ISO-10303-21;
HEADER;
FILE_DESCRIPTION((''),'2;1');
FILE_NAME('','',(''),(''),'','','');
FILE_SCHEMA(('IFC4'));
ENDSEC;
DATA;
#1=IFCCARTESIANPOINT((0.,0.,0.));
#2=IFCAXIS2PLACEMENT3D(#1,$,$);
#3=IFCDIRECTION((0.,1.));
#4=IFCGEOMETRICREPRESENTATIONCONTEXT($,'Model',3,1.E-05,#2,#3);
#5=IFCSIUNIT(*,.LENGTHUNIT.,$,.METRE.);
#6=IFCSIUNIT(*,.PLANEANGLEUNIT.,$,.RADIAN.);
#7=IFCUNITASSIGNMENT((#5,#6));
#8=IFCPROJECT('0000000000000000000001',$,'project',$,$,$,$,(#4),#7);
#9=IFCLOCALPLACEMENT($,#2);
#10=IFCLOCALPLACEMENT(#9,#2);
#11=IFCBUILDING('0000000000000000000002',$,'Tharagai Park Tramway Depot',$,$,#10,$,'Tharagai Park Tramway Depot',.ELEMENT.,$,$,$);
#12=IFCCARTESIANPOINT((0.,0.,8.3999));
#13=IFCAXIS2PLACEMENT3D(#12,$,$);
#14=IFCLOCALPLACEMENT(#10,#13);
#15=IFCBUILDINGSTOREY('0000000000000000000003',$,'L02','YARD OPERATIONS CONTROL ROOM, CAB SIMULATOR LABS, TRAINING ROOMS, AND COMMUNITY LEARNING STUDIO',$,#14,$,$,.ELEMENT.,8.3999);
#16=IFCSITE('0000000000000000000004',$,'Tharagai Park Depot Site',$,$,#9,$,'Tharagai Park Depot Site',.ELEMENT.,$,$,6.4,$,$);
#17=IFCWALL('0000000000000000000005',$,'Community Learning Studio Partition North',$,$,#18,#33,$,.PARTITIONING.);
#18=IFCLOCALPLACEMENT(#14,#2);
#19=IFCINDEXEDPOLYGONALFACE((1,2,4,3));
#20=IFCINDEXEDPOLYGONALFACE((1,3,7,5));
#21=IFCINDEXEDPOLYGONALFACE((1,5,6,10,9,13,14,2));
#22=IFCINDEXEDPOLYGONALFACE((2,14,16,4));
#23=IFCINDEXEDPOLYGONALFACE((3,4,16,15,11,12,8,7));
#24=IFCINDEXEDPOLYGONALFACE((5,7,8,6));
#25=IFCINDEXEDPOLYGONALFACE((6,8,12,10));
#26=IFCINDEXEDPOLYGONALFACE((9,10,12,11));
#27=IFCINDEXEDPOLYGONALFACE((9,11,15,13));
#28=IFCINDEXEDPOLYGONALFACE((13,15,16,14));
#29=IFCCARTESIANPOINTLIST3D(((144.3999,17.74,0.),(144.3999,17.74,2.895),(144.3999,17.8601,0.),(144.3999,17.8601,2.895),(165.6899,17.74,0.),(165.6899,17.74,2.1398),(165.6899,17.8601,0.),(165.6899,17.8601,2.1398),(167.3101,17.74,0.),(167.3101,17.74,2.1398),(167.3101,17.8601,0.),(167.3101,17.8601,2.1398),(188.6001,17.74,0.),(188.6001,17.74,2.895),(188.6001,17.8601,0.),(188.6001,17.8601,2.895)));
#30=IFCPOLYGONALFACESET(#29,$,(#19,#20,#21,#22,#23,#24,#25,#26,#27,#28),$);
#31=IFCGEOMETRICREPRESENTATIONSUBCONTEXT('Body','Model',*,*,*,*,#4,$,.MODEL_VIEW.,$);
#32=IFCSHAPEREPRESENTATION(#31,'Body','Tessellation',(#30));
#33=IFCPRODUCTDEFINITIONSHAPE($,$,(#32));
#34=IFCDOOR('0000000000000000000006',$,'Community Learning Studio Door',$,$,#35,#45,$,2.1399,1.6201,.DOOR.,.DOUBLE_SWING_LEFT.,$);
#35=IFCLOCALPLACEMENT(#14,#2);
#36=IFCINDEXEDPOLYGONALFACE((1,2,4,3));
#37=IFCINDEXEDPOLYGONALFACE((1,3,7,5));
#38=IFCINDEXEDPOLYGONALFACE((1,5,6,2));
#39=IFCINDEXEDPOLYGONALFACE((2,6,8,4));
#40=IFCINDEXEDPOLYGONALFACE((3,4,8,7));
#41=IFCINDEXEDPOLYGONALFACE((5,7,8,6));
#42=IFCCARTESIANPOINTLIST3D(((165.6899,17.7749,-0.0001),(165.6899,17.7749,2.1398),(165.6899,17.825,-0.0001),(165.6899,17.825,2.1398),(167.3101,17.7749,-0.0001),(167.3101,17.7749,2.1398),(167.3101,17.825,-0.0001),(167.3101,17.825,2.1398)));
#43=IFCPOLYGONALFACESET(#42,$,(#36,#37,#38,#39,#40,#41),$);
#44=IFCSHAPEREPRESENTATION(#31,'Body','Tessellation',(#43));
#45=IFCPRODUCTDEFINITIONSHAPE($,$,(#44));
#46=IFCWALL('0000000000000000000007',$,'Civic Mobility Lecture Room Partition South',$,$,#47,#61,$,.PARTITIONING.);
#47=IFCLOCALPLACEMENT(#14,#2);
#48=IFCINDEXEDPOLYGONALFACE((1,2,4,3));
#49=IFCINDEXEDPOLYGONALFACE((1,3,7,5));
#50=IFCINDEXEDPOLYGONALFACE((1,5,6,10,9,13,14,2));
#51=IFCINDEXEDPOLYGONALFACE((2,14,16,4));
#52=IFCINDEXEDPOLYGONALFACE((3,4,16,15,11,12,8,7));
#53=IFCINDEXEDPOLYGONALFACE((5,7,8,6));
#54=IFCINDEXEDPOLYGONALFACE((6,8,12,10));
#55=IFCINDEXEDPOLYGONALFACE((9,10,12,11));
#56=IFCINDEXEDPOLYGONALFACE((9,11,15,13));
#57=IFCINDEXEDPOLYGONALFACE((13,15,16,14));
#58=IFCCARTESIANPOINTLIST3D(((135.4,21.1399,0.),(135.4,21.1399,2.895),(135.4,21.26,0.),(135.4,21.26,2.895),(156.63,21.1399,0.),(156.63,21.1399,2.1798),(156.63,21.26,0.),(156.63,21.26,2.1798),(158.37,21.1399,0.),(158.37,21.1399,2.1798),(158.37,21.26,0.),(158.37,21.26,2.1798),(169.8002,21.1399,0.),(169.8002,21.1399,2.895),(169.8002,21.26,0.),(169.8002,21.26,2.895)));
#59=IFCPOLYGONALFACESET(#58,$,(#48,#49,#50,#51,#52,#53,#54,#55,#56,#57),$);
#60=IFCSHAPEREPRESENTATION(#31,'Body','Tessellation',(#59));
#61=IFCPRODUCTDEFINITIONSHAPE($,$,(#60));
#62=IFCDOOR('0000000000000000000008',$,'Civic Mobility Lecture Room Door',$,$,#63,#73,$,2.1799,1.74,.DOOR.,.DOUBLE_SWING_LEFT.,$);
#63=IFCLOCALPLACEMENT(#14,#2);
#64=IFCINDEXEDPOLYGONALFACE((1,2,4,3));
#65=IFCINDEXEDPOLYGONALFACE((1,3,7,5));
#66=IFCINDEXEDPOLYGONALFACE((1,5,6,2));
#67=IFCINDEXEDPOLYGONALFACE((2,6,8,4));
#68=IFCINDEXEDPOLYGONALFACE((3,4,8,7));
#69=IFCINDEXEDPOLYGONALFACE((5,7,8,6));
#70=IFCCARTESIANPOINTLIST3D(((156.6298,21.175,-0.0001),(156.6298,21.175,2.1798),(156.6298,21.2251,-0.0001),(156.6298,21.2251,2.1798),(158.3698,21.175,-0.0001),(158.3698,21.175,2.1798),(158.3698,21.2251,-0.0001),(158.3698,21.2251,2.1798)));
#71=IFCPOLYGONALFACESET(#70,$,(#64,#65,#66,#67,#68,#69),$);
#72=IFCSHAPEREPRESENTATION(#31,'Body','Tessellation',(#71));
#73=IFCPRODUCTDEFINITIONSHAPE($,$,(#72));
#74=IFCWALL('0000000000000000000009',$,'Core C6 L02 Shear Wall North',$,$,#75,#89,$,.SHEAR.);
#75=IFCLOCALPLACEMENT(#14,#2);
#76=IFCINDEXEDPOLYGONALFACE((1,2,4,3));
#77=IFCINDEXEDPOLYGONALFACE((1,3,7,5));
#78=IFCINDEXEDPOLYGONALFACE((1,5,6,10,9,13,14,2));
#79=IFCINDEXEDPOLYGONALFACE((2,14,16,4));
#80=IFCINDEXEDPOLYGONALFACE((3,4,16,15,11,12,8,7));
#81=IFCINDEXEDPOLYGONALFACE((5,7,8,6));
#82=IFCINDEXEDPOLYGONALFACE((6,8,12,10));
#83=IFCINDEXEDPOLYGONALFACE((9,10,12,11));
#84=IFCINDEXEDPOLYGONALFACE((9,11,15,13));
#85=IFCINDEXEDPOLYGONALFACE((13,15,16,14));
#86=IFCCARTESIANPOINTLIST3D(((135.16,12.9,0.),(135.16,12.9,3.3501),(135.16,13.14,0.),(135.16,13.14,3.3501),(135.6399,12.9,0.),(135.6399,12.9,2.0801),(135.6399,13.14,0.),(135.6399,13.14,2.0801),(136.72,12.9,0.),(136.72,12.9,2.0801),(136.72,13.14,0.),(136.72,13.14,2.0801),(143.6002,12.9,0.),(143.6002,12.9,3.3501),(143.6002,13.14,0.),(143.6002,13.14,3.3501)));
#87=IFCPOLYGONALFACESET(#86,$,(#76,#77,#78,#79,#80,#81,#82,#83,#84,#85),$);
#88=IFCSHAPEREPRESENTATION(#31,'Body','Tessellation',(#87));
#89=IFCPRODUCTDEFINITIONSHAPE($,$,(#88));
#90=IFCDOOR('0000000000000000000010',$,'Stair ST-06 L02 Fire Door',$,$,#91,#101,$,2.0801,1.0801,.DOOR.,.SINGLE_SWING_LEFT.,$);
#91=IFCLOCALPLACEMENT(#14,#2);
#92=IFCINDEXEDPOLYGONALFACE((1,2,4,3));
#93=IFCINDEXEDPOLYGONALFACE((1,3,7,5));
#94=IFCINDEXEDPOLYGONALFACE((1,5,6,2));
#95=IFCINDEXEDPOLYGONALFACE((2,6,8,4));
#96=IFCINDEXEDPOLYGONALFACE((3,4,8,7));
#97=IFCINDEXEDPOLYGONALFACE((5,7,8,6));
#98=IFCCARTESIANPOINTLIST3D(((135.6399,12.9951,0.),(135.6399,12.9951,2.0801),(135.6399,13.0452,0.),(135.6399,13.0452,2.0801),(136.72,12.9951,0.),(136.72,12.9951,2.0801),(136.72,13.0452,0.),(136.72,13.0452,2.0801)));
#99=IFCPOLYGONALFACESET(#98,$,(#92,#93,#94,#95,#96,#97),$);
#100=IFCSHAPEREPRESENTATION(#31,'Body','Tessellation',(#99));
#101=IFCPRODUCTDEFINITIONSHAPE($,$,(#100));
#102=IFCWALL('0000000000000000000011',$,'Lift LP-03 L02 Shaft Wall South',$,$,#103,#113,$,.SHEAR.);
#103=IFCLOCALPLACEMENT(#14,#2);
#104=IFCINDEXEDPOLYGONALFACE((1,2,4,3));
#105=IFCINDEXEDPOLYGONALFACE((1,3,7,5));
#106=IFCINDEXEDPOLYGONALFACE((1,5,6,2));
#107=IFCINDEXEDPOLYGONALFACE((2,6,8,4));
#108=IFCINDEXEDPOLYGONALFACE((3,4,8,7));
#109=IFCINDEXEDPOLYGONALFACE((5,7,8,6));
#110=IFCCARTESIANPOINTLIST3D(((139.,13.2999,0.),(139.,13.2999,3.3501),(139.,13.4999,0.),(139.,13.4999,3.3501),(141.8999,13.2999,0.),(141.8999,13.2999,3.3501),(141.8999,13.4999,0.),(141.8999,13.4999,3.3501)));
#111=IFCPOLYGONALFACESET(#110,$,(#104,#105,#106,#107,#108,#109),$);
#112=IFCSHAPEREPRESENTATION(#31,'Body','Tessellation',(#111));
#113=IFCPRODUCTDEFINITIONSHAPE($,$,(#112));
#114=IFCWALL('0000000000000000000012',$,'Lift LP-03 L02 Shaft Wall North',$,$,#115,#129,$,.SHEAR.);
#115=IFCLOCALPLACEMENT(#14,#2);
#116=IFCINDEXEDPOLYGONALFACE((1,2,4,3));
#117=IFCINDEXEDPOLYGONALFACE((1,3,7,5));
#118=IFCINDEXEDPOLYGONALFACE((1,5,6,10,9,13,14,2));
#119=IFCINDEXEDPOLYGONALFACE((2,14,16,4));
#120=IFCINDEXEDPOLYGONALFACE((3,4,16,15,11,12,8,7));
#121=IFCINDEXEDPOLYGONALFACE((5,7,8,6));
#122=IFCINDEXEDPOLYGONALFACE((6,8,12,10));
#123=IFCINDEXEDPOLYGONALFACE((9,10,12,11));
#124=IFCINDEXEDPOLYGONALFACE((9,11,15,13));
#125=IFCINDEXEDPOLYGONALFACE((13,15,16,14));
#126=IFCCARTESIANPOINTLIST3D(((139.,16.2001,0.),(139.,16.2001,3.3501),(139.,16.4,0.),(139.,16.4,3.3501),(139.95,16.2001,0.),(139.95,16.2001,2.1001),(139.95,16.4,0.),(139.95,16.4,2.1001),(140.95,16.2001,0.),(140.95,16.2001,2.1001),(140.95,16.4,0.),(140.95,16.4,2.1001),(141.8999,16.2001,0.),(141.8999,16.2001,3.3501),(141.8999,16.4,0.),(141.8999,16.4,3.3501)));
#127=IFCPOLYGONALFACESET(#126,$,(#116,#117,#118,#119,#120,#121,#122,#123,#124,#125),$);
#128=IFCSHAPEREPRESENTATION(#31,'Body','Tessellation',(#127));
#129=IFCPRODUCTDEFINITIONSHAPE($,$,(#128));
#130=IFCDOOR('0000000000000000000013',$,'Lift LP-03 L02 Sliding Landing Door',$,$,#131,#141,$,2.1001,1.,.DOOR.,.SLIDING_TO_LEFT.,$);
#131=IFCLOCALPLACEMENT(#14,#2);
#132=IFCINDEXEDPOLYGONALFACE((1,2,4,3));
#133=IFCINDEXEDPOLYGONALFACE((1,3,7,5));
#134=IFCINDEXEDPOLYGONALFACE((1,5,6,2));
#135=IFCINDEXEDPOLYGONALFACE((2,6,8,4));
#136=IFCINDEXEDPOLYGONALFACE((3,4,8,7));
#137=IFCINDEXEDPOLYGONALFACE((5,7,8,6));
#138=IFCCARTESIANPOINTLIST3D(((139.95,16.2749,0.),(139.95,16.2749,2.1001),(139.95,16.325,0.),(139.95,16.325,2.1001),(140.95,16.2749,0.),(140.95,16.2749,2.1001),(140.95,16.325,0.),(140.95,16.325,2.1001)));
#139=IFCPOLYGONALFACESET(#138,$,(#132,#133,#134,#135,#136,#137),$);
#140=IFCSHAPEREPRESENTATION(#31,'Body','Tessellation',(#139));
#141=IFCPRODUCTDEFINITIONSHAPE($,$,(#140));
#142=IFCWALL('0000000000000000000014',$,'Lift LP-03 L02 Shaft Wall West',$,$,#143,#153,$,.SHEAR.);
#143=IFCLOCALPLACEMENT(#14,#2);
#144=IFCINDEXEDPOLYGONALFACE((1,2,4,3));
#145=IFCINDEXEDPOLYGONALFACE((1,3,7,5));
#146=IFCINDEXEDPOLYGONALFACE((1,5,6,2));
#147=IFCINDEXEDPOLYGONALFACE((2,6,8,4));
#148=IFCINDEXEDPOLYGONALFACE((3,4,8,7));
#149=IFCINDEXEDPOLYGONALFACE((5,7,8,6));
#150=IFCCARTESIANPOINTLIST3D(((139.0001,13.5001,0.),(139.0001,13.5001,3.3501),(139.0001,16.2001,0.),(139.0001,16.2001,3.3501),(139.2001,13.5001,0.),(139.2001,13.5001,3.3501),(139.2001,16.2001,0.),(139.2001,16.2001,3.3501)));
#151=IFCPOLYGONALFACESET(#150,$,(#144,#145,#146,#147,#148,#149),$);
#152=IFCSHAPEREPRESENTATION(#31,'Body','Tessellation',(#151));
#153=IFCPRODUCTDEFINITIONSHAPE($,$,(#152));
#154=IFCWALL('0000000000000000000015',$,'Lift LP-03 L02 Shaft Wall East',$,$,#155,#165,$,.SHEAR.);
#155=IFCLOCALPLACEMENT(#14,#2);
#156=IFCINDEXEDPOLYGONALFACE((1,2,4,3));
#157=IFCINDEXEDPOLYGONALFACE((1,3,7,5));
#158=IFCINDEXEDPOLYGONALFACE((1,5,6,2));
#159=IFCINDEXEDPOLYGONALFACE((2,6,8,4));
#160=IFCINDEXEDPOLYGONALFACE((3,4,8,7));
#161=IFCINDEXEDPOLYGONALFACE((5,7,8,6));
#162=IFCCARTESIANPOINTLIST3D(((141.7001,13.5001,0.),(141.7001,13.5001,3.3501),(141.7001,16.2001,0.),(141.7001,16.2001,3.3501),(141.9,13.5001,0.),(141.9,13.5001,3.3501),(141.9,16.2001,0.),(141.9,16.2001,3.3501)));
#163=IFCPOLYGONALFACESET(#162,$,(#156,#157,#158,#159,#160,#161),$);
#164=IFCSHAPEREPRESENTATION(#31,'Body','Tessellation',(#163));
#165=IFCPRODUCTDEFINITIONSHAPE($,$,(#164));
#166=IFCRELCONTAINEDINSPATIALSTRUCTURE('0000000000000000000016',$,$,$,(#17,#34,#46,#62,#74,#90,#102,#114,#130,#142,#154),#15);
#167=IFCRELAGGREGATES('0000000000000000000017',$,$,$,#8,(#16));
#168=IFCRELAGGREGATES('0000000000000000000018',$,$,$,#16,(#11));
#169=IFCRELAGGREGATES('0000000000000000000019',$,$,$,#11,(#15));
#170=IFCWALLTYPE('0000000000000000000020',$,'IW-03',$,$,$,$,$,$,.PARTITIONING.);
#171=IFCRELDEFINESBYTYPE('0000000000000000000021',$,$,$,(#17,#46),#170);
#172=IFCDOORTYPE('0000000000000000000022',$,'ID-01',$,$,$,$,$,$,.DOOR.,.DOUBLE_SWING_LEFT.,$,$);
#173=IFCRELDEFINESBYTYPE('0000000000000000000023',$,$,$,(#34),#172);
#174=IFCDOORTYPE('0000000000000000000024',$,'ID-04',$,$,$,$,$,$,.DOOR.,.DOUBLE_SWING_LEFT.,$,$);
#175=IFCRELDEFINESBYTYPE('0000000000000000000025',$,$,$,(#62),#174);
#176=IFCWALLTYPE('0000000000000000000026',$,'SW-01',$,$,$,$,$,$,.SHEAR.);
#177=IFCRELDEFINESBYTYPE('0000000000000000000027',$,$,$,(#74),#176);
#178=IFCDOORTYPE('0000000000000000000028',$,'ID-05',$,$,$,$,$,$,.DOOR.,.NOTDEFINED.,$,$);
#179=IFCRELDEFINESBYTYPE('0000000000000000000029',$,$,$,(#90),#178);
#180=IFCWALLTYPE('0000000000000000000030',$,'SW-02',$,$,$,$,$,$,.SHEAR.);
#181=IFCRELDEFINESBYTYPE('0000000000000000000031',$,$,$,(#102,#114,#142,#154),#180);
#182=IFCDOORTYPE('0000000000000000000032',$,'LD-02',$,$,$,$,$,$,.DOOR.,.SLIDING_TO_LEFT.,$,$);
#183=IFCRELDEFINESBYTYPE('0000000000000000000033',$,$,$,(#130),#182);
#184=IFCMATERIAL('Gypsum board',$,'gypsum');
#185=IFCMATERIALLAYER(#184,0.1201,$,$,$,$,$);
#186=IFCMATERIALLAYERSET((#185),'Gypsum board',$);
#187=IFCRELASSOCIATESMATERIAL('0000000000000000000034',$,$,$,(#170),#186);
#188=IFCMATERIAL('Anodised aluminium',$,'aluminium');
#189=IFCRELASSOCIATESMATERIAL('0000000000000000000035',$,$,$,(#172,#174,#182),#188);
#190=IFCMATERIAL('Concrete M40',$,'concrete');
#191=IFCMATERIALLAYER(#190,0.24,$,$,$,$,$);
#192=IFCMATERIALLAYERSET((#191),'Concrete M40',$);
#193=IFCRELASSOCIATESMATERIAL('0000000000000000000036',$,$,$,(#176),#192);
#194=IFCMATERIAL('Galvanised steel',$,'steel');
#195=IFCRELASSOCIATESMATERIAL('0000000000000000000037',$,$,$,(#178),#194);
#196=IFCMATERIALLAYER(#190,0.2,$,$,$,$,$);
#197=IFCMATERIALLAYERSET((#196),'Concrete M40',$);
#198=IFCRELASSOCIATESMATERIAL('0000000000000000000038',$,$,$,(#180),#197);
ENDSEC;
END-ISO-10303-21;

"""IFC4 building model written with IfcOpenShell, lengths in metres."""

from ifc_helpers import new_model, si_unit, direction, frame, frame_2d, origin, place, context, subcontext, project, spatial, rectangle, extrude, material, layer, layer_set, type_object, element, fill, save


model = new_model("IFC4")

# Units and contexts
model_context = context("Model", 3, precision=1e-05, world=origin(), true_north=direction((0.0, 1.0)))
body_context = subcontext(model_context, "Body", "Model", "MODEL_VIEW")
ifc_project = project(units=[si_unit("LENGTHUNIT", "METRE"), si_unit("PLANEANGLEUNIT", "RADIAN")], contexts=[model_context])

# Site, building, storey
site_placement = place(None, origin())
site = spatial("IfcSite", under=ifc_project, at=site_placement, Name="Tharagai Park Depot Site", LongName="Tharagai Park Depot Site", CompositionType="ELEMENT", RefElevation=6.4)
building_placement = place(site_placement, origin())
building = spatial("IfcBuilding", under=site, at=building_placement, Name="Tharagai Park Tramway Depot", LongName="Tharagai Park Tramway Depot", CompositionType="ELEMENT")
storey_placement = place(building_placement, frame((0.0, 0.0, 8.3999)))
storey = spatial("IfcBuildingStorey", under=building, at=storey_placement, Name="L02", Description="YARD OPERATIONS CONTROL ROOM, CAB SIMULATOR LABS, TRAINING ROOMS, AND COMMUNITY LEARNING STUDIO", CompositionType="ELEMENT", Elevation=8.3999)

# Shared definitions
ifc_material_1 = material(Name="Concrete M40", Category="concrete")

# Shared definitions
ifc_material_2 = material(Name="Anodised aluminium", Category="aluminium")

# Walls, openings, doors
ifc_material_3 = material(Name="Gypsum board", Category="gypsum")
ifc_layer_1 = layer(ifc_material_3, 0.1201)
ifc_layer_set_1 = layer_set([ifc_layer_1], Name="Gypsum board")
wall_type_1 = type_object("IfcWallType", Name="IW-03", PredefinedType="PARTITIONING", material=ifc_layer_set_1)
wall_1_placement = place(storey_placement, frame((144.3999, 17.8, 0.0), z_axis=(0.0, 0.0, 1.0), x_axis=(1.0, 0.0, 0.0)))
wall_1 = element("IfcWall", 1, at=wall_1_placement, inside=storey, type_object=wall_type_1, Name="Community Learning Studio Partition North", PredefinedType="PARTITIONING", context=body_context, shape_type="SweptSolid", body=[
    extrude(rectangle(XDim=44.2002, YDim=0.1201, at=frame_2d((22.1001, 0.0))), origin(), (0.0, 0.0, 1.0), 2.895),
])
opening_1_placement = place(wall_1_placement, frame((21.29, 0.0, 0.0)))
opening_1 = element("IfcOpeningElement", 2, at=opening_1_placement, cuts=wall_1, PredefinedType="OPENING", context=body_context, shape_type="SweptSolid", body=[
    extrude(rectangle(XDim=1.6201, YDim=2.1399, at=frame_2d((0.8101, 1.0698))), frame((0.0, 0.0701, 0.0), z_axis=(0.0, -1.0, 0.0), x_axis=(1.0, 0.0, 0.0)), (0.0, 0.0, 1.0), 0.1401),
])
door_type_1 = type_object("IfcDoorType", Name="ID-01", OperationType="DOUBLE_SWING_LEFT", PredefinedType="DOOR", material=ifc_material_2)
door_1_placement = place(opening_1_placement, origin())
door_1 = element("IfcDoor", 3, at=door_1_placement, inside=storey, type_object=door_type_1, Name="Community Learning Studio Door", OperationType="DOUBLE_SWING_LEFT", OverallHeight=2.1399, OverallWidth=1.6201, PredefinedType="DOOR", context=body_context, shape_type="SweptSolid", body=[
    extrude(rectangle(XDim=1.6201, YDim=2.1399, at=frame_2d((0.8101, 1.0698))), frame((0.0, 0.0249, 0.0), z_axis=(0.0, -1.0, 0.0), x_axis=(1.0, 0.0, 0.0)), (0.0, 0.0, 1.0), 0.05),
])
fill(opening_1, door_1)
wall_2_placement = place(storey_placement, frame((135.3999, 21.2, 0.0), z_axis=(0.0, 0.0, 1.0), x_axis=(1.0, 0.0, 0.0)))
wall_2 = element("IfcWall", 4, at=wall_2_placement, inside=storey, type_object=wall_type_1, Name="Civic Mobility Lecture Room Partition South", PredefinedType="PARTITIONING", context=body_context, shape_type="SweptSolid", body=[
    extrude(rectangle(XDim=34.4001, YDim=0.1201, at=frame_2d((17.2002, 0.0))), origin(), (0.0, 0.0, 1.0), 2.895),
])
opening_2_placement = place(wall_2_placement, frame((21.23, 0.0, 0.0)))
opening_2 = element("IfcOpeningElement", 5, at=opening_2_placement, cuts=wall_2, PredefinedType="OPENING", context=body_context, shape_type="SweptSolid", body=[
    extrude(rectangle(XDim=1.74, YDim=2.1799, at=frame_2d((0.8701, 1.0898))), frame((0.0, 0.0701, 0.0), z_axis=(0.0, -1.0, 0.0), x_axis=(1.0, 0.0, 0.0)), (0.0, 0.0, 1.0), 0.1401),
])
door_type_2 = type_object("IfcDoorType", Name="ID-04", OperationType="DOUBLE_SWING_LEFT", PredefinedType="DOOR", material=ifc_material_2)
door_2_placement = place(opening_2_placement, frame((1.74, 0.0, 0.0), z_axis=(0.0, 0.0, 1.0), x_axis=(-1.0, 0.0, 0.0)))
door_2 = element("IfcDoor", 6, at=door_2_placement, inside=storey, type_object=door_type_2, Name="Civic Mobility Lecture Room Door", OperationType="DOUBLE_SWING_LEFT", OverallHeight=2.1799, OverallWidth=1.74, PredefinedType="DOOR", context=body_context, shape_type="SweptSolid", body=[
    extrude(rectangle(XDim=1.74, YDim=2.1799, at=frame_2d((0.8701, 1.0898))), frame((0.0, 0.0249, 0.0), z_axis=(0.0, -1.0, 0.0), x_axis=(1.0, 0.0, 0.0)), (0.0, 0.0, 1.0), 0.05),
])
fill(opening_2, door_2)
ifc_layer_2 = layer(ifc_material_1, 0.24)
ifc_layer_set_2 = layer_set([ifc_layer_2], Name="Concrete M40")
wall_type_2 = type_object("IfcWallType", Name="SW-01", PredefinedType="SHEAR", material=ifc_layer_set_2)
wall_3_placement = place(storey_placement, frame((135.1599, 13.02, 0.0), z_axis=(0.0, 0.0, 1.0), x_axis=(1.0, 0.0, 0.0)))
wall_3 = element("IfcWall", 7, at=wall_3_placement, inside=storey, type_object=wall_type_2, Name="Core C6 L02 Shear Wall North", PredefinedType="SHEAR", context=body_context, shape_type="SweptSolid", body=[
    extrude(rectangle(XDim=8.4402, YDim=0.24, at=frame_2d((4.2202, 0.0))), origin(), (0.0, 0.0, 1.0), 3.3501),
])
opening_3_placement = place(wall_3_placement, frame((0.48, 0.0, 0.0)))
opening_3 = element("IfcOpeningElement", 8, at=opening_3_placement, cuts=wall_3, PredefinedType="OPENING", context=body_context, shape_type="SweptSolid", body=[
    extrude(rectangle(XDim=1.0801, YDim=2.0801, at=frame_2d((0.54, 1.04))), frame((0.0, 0.1299, 0.0), z_axis=(0.0, -1.0, 0.0), x_axis=(1.0, 0.0, 0.0)), (0.0, 0.0, 1.0), 0.26),
])
ifc_material_4 = material(Name="Galvanised steel", Category="steel")
door_type_3 = type_object("IfcDoorType", Name="ID-05", OperationType="NOTDEFINED", PredefinedType="DOOR", material=ifc_material_4)
door_3_placement = place(opening_3_placement, frame((1.0801, 0.0, 0.0), z_axis=(0.0, 0.0, 1.0), x_axis=(-1.0, 0.0, 0.0)))
door_3 = element("IfcDoor", 9, at=door_3_placement, inside=storey, type_object=door_type_3, Name="Stair ST-06 L02 Fire Door", OperationType="SINGLE_SWING_LEFT", OverallHeight=2.0801, OverallWidth=1.0801, PredefinedType="DOOR", context=body_context, shape_type="SweptSolid", body=[
    extrude(rectangle(XDim=1.0801, YDim=2.0801, at=frame_2d((0.54, 1.04))), frame((0.0, 0.0249, 0.0), z_axis=(0.0, -1.0, 0.0), x_axis=(1.0, 0.0, 0.0)), (0.0, 0.0, 1.0), 0.05),
])
fill(opening_3, door_3)

# Wall
ifc_layer_3 = layer(ifc_material_1, 0.2)
ifc_layer_set_3 = layer_set([ifc_layer_3], Name="Concrete M40")
wall_type_3 = type_object("IfcWallType", Name="SW-02", PredefinedType="SHEAR", material=ifc_layer_set_3)
wall_4_placement = place(storey_placement, frame((139.0, 13.3999, 0.0), z_axis=(0.0, 0.0, 1.0), x_axis=(1.0, 0.0, 0.0)))
element("IfcWall", 10, at=wall_4_placement, inside=storey, type_object=wall_type_3, Name="Lift LP-03 L02 Shaft Wall South", PredefinedType="SHEAR", context=body_context, shape_type="SweptSolid", body=[
    extrude(rectangle(XDim=2.8999, YDim=0.2, at=frame_2d((1.45, 0.0))), origin(), (0.0, 0.0, 1.0), 3.3501),
])

# Wall, opening, door
wall_5_placement = place(storey_placement, frame((139.0, 16.3, 0.0), z_axis=(0.0, 0.0, 1.0), x_axis=(1.0, 0.0, 0.0)))
wall_5 = element("IfcWall", 11, at=wall_5_placement, inside=storey, type_object=wall_type_3, Name="Lift LP-03 L02 Shaft Wall North", PredefinedType="SHEAR", context=body_context, shape_type="SweptSolid", body=[
    extrude(rectangle(XDim=2.8999, YDim=0.2, at=frame_2d((1.45, 0.0))), origin(), (0.0, 0.0, 1.0), 3.3501),
])
opening_4_placement = place(wall_5_placement, frame((0.95, 0.0, 0.0)))
opening_4 = element("IfcOpeningElement", 12, at=opening_4_placement, cuts=wall_5, PredefinedType="OPENING", context=body_context, shape_type="SweptSolid", body=[
    extrude(rectangle(XDim=1.0, YDim=2.1001, at=frame_2d((0.5, 1.05))), frame((0.0, 0.1099, 0.0), z_axis=(0.0, -1.0, 0.0), x_axis=(1.0, 0.0, 0.0)), (0.0, 0.0, 1.0), 0.22),
])
door_type_4 = type_object("IfcDoorType", Name="LD-02", OperationType="SLIDING_TO_LEFT", PredefinedType="DOOR", material=ifc_material_2)
door_4_placement = place(opening_4_placement, origin())
door_4 = element("IfcDoor", 13, at=door_4_placement, inside=storey, type_object=door_type_4, Name="Lift LP-03 L02 Sliding Landing Door", OperationType="SLIDING_TO_LEFT", OverallHeight=2.1001, OverallWidth=1.0, PredefinedType="DOOR", context=body_context, shape_type="SweptSolid", body=[
    extrude(rectangle(XDim=1.0, YDim=2.1001, at=frame_2d((0.5, 1.05))), frame((0.0, 0.0249, 0.0), z_axis=(0.0, -1.0, 0.0), x_axis=(1.0, 0.0, 0.0)), (0.0, 0.0, 1.0), 0.05),
])
fill(opening_4, door_4)

# Walls
for number, where, z_axis, x_axis, name in (
    (14, (139.1001, 13.5, 0.0), (0.0, 0.0, 1.0), (0.0, 1.0, 0.0), "Lift LP-03 L02 Shaft Wall West"),
    (15, (141.8, 13.5, 0.0), (0.0, 0.0, 1.0), (0.0, 1.0, 0.0), "Lift LP-03 L02 Shaft Wall East"),
):
    element("IfcWall", number, at=place(storey_placement, frame(where, z_axis=z_axis, x_axis=x_axis)), inside=storey, type_object=wall_type_3, Name=name, PredefinedType="SHEAR", context=body_context, shape_type="SweptSolid", body=[
        extrude(rectangle(XDim=2.7, YDim=0.2, at=frame_2d((1.3501, 0.0))), origin(), (0.0, 0.0, 1.0), 3.3501),
    ])

save(model, "model.ifc")
